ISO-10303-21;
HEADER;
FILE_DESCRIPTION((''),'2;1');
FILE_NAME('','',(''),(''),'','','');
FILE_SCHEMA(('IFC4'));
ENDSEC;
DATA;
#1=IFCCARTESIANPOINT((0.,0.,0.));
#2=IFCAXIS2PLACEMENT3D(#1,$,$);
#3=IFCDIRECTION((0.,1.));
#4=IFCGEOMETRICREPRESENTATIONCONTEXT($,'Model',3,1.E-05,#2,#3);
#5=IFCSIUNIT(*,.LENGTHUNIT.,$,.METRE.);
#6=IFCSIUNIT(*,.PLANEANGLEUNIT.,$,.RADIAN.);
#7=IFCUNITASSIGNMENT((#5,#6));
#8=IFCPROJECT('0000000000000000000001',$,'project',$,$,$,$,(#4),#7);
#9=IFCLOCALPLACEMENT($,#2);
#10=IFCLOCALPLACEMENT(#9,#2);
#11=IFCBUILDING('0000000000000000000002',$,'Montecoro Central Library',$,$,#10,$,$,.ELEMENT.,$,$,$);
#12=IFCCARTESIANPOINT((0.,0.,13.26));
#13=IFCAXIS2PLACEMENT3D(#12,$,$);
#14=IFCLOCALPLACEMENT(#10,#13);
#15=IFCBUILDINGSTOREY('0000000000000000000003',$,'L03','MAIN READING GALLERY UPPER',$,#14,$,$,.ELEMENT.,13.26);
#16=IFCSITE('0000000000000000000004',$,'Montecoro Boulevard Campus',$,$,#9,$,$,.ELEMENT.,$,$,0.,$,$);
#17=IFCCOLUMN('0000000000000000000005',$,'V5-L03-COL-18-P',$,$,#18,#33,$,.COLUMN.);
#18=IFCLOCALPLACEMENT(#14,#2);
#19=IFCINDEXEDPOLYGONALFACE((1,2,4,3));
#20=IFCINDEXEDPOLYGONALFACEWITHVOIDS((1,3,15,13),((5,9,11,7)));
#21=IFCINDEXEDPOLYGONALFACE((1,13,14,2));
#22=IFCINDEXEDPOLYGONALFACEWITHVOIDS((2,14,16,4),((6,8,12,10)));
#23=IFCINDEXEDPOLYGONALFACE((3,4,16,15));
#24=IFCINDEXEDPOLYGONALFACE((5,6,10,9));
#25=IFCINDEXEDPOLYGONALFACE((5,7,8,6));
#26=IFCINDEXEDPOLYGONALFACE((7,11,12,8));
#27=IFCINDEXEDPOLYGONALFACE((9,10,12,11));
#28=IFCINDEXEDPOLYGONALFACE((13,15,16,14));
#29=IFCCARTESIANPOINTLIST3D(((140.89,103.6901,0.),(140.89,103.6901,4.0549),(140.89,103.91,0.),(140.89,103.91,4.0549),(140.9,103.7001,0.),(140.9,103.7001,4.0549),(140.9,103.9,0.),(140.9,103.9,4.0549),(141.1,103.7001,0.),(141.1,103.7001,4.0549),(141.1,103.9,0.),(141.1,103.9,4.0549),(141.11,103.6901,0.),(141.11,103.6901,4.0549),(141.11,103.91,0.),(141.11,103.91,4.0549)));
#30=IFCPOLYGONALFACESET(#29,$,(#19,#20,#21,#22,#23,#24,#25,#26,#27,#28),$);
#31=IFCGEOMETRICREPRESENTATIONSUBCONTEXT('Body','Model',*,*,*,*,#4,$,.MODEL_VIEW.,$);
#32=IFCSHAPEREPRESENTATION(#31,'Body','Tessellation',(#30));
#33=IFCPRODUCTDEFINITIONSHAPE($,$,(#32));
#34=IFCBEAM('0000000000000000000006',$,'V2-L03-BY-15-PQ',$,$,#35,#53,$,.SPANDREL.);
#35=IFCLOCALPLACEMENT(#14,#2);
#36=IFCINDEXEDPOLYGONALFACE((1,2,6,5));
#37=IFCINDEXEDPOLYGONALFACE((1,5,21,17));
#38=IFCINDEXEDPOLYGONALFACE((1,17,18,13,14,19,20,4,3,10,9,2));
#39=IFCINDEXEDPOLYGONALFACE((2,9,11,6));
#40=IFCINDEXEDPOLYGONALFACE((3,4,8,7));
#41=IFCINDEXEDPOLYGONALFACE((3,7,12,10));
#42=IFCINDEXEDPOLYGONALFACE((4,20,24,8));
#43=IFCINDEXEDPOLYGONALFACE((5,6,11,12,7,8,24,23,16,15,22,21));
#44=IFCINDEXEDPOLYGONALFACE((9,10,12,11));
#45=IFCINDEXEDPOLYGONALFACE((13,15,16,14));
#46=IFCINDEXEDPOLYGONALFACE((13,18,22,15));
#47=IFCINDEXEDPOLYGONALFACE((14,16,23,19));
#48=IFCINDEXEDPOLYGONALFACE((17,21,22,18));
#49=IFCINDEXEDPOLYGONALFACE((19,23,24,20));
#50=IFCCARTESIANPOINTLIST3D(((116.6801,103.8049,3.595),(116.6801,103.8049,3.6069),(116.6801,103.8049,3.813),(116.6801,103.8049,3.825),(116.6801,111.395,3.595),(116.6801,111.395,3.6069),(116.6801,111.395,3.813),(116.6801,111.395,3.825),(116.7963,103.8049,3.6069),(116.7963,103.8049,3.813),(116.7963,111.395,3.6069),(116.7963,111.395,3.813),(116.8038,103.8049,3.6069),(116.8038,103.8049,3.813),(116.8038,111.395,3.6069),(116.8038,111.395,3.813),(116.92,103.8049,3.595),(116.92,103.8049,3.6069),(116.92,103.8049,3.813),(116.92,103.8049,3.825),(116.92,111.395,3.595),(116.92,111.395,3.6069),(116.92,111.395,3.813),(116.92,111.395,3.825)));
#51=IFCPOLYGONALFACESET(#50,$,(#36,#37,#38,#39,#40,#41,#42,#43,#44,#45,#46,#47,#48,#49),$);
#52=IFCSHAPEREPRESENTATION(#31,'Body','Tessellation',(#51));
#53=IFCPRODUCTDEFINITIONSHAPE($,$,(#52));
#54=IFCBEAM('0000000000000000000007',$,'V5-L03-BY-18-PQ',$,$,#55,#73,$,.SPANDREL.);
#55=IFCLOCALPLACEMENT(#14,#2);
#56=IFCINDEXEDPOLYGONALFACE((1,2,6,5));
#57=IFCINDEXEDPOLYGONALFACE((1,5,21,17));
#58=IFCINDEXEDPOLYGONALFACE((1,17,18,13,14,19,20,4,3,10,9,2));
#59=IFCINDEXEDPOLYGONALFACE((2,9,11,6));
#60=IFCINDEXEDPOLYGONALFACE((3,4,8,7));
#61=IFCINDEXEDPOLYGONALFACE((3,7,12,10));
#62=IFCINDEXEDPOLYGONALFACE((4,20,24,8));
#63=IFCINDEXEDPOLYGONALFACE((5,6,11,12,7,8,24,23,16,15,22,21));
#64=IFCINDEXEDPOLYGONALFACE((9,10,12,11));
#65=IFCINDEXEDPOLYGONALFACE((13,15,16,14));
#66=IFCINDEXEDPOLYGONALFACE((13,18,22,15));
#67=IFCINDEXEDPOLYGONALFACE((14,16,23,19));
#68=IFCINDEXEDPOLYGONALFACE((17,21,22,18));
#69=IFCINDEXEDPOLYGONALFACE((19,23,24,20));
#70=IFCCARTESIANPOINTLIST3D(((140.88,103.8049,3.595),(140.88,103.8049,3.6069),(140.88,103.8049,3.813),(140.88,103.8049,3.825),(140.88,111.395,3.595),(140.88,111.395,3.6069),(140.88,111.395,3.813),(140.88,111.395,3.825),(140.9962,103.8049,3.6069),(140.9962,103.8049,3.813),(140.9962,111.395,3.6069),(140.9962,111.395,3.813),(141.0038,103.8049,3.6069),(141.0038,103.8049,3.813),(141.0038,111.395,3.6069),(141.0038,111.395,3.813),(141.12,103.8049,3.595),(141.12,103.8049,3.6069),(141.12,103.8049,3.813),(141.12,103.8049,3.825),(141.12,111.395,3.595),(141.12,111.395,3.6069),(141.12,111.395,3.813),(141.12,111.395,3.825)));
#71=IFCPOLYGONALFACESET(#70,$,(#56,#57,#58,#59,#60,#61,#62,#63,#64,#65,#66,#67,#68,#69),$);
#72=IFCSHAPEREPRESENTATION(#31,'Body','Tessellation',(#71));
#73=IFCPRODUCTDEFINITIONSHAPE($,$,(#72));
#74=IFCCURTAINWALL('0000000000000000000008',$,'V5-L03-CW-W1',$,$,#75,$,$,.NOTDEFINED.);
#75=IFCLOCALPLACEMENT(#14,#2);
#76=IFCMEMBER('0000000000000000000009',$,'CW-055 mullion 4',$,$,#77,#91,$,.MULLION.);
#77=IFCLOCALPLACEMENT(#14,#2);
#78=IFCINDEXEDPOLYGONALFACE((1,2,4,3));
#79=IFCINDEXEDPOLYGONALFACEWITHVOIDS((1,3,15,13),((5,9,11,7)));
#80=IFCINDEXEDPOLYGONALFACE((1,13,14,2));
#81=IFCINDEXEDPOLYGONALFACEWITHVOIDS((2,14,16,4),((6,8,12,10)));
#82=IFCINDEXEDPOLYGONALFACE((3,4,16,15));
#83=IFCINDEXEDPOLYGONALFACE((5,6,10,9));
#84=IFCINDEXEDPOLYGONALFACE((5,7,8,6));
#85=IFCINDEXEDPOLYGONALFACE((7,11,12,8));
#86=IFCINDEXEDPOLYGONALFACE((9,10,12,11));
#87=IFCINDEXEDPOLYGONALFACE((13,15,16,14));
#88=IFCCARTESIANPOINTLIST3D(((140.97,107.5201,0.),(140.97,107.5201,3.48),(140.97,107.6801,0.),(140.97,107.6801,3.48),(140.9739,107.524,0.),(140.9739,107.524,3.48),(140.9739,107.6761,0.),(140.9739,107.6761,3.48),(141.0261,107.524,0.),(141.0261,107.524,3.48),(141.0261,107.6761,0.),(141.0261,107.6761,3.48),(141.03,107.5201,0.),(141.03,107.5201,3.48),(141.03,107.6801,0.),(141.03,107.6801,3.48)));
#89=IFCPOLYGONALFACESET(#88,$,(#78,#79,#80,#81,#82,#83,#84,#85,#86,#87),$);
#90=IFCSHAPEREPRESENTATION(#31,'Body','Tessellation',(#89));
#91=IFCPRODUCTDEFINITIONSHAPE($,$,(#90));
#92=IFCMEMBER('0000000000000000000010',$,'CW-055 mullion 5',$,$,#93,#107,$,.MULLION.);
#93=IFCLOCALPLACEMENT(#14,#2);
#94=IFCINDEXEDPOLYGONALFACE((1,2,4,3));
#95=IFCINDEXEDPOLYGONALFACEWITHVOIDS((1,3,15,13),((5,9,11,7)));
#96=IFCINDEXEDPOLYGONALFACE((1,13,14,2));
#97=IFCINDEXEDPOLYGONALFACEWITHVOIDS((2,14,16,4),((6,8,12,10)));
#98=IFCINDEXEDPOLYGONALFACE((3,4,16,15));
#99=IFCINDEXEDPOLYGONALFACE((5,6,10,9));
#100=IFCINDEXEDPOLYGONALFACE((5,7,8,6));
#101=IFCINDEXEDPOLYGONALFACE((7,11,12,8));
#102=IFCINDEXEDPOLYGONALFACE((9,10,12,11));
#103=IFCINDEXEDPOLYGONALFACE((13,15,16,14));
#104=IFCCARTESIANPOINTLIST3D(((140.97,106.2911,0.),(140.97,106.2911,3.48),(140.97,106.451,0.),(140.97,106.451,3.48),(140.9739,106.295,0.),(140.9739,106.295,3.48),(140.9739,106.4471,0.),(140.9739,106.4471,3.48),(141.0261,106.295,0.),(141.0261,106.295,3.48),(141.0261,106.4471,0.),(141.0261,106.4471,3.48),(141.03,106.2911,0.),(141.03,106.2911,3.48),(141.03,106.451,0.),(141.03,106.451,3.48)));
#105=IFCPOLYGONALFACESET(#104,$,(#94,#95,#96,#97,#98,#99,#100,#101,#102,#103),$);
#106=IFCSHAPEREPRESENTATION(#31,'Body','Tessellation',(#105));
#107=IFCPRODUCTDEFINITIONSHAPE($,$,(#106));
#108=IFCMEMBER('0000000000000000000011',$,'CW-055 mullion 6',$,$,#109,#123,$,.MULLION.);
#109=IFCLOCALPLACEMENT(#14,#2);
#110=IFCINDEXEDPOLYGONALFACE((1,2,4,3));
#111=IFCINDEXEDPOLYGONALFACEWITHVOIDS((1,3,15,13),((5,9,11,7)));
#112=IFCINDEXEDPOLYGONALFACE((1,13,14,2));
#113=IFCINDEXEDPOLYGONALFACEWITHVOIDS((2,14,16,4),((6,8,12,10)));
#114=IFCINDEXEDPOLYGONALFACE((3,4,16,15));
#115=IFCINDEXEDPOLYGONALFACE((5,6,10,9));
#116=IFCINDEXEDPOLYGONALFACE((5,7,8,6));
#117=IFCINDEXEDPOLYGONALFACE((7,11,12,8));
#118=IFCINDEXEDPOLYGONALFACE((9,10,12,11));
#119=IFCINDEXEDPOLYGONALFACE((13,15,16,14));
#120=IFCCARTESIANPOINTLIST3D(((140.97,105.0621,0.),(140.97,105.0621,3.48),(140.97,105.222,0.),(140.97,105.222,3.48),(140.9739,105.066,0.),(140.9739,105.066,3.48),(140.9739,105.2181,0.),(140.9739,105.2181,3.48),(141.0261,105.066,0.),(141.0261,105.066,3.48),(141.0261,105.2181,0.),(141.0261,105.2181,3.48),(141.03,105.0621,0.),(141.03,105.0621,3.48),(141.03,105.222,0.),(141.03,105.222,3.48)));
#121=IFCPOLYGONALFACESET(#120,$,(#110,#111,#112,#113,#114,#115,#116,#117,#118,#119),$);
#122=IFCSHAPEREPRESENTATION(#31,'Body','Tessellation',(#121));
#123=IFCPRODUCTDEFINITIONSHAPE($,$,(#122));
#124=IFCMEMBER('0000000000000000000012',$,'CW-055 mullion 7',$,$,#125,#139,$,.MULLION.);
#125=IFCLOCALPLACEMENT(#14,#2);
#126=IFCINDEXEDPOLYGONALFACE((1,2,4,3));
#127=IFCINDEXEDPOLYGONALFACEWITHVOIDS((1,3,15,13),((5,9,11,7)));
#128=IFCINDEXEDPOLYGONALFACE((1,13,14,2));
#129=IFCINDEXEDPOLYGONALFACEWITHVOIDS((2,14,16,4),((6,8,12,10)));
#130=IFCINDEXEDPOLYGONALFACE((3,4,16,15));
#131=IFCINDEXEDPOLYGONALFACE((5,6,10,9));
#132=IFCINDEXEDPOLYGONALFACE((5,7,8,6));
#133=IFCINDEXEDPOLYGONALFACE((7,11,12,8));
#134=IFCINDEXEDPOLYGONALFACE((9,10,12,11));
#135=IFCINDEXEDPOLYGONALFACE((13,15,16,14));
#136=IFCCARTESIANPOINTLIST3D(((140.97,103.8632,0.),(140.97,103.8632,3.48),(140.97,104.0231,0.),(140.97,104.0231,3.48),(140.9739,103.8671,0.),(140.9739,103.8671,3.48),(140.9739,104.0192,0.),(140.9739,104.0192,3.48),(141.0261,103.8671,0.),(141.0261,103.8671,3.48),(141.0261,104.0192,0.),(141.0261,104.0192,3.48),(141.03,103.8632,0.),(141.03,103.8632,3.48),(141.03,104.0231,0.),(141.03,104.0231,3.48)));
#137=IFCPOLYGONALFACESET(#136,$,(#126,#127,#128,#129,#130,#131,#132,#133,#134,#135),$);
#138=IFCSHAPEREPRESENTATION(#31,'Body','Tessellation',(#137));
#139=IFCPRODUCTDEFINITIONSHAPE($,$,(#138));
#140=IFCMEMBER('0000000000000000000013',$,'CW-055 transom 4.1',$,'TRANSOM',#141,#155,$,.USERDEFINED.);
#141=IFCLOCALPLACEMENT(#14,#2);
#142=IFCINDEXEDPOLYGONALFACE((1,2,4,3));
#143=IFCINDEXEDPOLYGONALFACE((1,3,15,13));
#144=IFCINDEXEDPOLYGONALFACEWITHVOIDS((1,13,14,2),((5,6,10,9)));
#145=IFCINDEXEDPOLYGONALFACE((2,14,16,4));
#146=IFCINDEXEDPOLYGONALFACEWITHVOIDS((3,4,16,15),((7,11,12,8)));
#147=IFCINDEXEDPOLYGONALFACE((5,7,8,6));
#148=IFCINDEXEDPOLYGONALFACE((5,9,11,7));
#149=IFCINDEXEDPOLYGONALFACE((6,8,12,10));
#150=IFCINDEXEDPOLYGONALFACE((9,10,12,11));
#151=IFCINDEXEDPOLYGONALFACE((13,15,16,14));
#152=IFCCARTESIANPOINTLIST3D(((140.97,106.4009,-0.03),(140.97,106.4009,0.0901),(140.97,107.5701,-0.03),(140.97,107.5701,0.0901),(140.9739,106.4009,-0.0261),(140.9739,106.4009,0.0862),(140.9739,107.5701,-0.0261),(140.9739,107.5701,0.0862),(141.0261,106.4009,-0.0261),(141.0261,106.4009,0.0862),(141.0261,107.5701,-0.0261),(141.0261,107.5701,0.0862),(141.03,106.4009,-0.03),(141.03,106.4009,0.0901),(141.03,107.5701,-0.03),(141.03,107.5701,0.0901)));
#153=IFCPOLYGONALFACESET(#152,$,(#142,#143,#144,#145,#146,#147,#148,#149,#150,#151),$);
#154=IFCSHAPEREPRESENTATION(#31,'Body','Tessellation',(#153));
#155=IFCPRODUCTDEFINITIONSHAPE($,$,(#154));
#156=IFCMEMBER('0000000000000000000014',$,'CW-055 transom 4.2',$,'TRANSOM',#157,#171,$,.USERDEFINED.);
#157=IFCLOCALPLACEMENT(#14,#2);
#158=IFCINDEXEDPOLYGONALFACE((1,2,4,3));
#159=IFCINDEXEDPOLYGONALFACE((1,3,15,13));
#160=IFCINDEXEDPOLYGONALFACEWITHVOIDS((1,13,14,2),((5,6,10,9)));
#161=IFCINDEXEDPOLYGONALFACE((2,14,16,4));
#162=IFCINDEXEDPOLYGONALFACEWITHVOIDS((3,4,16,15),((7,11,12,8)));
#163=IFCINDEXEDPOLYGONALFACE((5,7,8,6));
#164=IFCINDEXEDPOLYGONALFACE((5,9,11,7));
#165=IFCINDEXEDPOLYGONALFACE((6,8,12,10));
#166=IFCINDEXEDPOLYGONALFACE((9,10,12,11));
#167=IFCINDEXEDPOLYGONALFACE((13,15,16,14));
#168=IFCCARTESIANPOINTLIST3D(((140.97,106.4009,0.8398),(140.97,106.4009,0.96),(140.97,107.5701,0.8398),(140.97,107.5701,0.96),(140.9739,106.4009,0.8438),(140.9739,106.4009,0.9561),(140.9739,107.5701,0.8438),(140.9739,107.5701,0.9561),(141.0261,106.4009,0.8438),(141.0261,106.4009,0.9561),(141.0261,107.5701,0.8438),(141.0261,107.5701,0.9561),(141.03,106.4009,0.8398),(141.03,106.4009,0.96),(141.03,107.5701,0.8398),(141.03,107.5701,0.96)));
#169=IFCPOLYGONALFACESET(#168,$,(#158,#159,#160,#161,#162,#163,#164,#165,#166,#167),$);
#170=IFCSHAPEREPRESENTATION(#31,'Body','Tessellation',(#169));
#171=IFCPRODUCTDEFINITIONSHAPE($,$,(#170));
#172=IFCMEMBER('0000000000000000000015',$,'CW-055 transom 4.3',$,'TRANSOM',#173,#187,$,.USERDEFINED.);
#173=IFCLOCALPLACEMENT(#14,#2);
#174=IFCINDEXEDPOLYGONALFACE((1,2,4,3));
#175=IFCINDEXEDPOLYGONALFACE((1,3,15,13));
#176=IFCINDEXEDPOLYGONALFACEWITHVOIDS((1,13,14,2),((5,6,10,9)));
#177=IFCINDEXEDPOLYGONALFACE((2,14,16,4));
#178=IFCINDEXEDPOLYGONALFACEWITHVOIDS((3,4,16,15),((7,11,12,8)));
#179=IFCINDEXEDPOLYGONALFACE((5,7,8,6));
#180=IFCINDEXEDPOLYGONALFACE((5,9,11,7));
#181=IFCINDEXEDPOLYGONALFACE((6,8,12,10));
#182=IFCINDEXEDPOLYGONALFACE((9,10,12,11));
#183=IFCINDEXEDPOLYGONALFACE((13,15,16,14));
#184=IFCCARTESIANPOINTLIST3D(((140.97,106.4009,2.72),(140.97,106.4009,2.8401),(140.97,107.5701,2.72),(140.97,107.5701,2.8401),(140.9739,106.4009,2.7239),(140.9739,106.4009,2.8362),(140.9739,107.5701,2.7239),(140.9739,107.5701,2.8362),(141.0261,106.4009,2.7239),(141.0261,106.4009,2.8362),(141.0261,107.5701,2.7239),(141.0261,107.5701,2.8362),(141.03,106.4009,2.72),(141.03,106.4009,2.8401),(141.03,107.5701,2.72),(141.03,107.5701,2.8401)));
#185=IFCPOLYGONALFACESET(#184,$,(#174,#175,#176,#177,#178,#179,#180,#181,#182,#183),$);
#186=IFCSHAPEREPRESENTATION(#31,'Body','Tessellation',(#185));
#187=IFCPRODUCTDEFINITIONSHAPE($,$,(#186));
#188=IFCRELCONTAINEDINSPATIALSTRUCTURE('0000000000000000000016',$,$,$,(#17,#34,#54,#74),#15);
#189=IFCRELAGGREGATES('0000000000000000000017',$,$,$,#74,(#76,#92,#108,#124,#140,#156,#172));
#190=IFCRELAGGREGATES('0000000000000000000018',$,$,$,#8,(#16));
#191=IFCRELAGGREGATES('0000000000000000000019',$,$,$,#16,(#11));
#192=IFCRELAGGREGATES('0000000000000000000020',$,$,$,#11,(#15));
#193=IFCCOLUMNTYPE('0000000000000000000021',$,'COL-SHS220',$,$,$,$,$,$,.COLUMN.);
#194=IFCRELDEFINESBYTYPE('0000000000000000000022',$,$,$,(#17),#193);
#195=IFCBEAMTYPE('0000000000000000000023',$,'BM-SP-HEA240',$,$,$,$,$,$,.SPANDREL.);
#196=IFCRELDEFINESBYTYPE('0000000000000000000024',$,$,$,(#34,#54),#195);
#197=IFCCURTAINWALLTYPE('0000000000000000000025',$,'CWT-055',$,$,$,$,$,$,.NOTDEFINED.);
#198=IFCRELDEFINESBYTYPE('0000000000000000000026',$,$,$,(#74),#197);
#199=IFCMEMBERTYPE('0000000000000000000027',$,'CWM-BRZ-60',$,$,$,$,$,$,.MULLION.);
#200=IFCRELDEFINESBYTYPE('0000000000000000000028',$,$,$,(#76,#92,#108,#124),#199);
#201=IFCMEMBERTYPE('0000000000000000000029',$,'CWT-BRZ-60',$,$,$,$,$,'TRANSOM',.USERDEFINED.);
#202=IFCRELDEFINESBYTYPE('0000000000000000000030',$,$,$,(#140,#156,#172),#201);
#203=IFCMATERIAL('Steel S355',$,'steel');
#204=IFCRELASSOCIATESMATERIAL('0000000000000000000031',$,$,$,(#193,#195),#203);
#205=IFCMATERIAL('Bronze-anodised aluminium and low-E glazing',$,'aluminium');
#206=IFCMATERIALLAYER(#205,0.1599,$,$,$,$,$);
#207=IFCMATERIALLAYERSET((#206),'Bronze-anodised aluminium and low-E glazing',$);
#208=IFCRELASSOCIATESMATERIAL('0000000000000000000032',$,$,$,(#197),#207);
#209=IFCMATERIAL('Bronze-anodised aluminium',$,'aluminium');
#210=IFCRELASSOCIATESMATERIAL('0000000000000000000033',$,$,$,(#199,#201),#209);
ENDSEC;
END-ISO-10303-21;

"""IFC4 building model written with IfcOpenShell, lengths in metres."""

from ifc_helpers import new_model, si_unit, direction, frame, origin, origin_2d, place, context, subcontext, project, spatial, hollow_rectangle, i_section, extrude, material, layer, layer_set, material_profile, profile_set, type_object, element, aggregate, save


model = new_model("IFC4")

# Units and contexts
model_context = context("Model", 3, precision=1e-05, world=origin(), true_north=direction((0.0, 1.0)))
body_context = subcontext(model_context, "Body", "Model", "MODEL_VIEW")
ifc_project = project(units=[si_unit("LENGTHUNIT", "METRE"), si_unit("PLANEANGLEUNIT", "RADIAN")], contexts=[model_context])

# Site, building, storey
site_placement = place(None, origin())
site = spatial("IfcSite", under=ifc_project, at=site_placement, Name="Montecoro Boulevard Campus", CompositionType="ELEMENT", RefElevation=0.0)
building_placement = place(site_placement, origin())
building = spatial("IfcBuilding", under=site, at=building_placement, Name="Montecoro Central Library", CompositionType="ELEMENT")
storey_placement = place(building_placement, frame((0.0, 0.0, 13.26)))
storey = spatial("IfcBuildingStorey", under=building, at=storey_placement, Name="L03", Description="MAIN READING GALLERY UPPER", CompositionType="ELEMENT", Elevation=13.26)

# Column
ifc_material_1 = material(Name="Steel S355", Category="steel")
ifc_material_profile_1 = material_profile(ifc_material_1, hollow_rectangle(XDim=0.22, YDim=0.22, WallThickness=0.01, at=origin_2d()), Name="SHS 220x220x10.0")
ifc_profile_set_1 = profile_set([ifc_material_profile_1], Name="Steel S355")
column_type = type_object("IfcColumnType", Name="COL-SHS220", PredefinedType="COLUMN", material=ifc_profile_set_1)
column_placement = place(storey_placement, frame((141.0, 103.8, 0.0), z_axis=(0.0, 0.0, 1.0), x_axis=(1.0, 0.0, 0.0)))
element("IfcColumn", 1, at=column_placement, inside=storey, type_object=column_type, Name="V5-L03-COL-18-P", PredefinedType="COLUMN", context=body_context, shape_type="SweptSolid", body=[
    extrude(hollow_rectangle(XDim=0.22, YDim=0.22, WallThickness=0.01, at=origin_2d()), origin(), (0.0, 0.0, 1.0), 4.0549),
])

# Beams
ifc_material_profile_2 = material_profile(ifc_material_1, i_section(OverallWidth=0.24, OverallDepth=0.23, WebThickness=0.0076, FlangeThickness=0.012, at=origin_2d()), Name="HEA 240")
ifc_profile_set_2 = profile_set([ifc_material_profile_2], Name="Steel S355")
beam_type = type_object("IfcBeamType", Name="BM-SP-HEA240", PredefinedType="SPANDREL", material=ifc_profile_set_2)
for number, where, z_axis, x_axis, name in (
    (2, (116.8, 103.8049, 3.71), (0.0, 1.0, 0.0), (-1.0, 0.0, 0.0), "V2-L03-BY-15-PQ"),
    (3, (141.0, 103.8049, 3.71), (0.0, 1.0, 0.0), (-1.0, 0.0, 0.0), "V5-L03-BY-18-PQ"),
):
    element("IfcBeam", number, at=place(storey_placement, frame(where, z_axis=z_axis, x_axis=x_axis)), inside=storey, type_object=beam_type, Name=name, PredefinedType="SPANDREL", context=body_context, shape_type="SweptSolid", body=[
        extrude(i_section(OverallWidth=0.24, OverallDepth=0.23, WebThickness=0.0076, FlangeThickness=0.012, at=origin_2d()), origin(), (0.0, 0.0, 1.0), 7.5901),
    ])

# Curtain wall, members
ifc_material_2 = material(Name="Bronze-anodised aluminium and low-E glazing", Category="aluminium")
ifc_layer_1 = layer(ifc_material_2, 0.1599)
ifc_layer_set_1 = layer_set([ifc_layer_1], Name="Bronze-anodised aluminium and low-E glazing")
curtain_wall_type = type_object("IfcCurtainWallType", Name="CWT-055", PredefinedType="NOTDEFINED", material=ifc_layer_set_1)
curtain_wall_placement = place(storey_placement, origin())
curtain_wall = element("IfcCurtainWall", 4, at=curtain_wall_placement, inside=storey, type_object=curtain_wall_type, Name="V5-L03-CW-W1", PredefinedType="NOTDEFINED")
ifc_material_3 = material(Name="Bronze-anodised aluminium", Category="aluminium")
ifc_material_profile_3 = material_profile(ifc_material_3, hollow_rectangle(XDim=0.0601, YDim=0.1599, WallThickness=0.0039, at=origin_2d()), Name="CWM 160x60x4.0")
ifc_profile_set_3 = profile_set([ifc_material_profile_3], Name="Bronze-anodised aluminium")
member_type_1 = type_object("IfcMemberType", Name="CWM-BRZ-60", PredefinedType="MULLION", material=ifc_profile_set_3)
member_1_placement = place(storey_placement, frame((141.0, 107.6001, 0.0), z_axis=(0.0, 0.0, 1.0), x_axis=(1.0, 0.0, 0.0)))
member_1 = element("IfcMember", 5, at=member_1_placement, type_object=member_type_1, Name="CW-055 mullion 4", PredefinedType="MULLION", context=body_context, shape_type="SweptSolid", body=[
    extrude(hollow_rectangle(XDim=0.0601, YDim=0.1599, WallThickness=0.0039, at=origin_2d()), origin(), (0.0, 0.0, 1.0), 3.48),
])
member_2_placement = place(storey_placement, frame((141.0, 106.3711, 0.0), z_axis=(0.0, 0.0, 1.0), x_axis=(1.0, 0.0, 0.0)))
member_2 = element("IfcMember", 6, at=member_2_placement, type_object=member_type_1, Name="CW-055 mullion 5", PredefinedType="MULLION", context=body_context, shape_type="SweptSolid", body=[
    extrude(hollow_rectangle(XDim=0.0601, YDim=0.1599, WallThickness=0.0039, at=origin_2d()), origin(), (0.0, 0.0, 1.0), 3.48),
])
member_3_placement = place(storey_placement, frame((141.0, 105.1421, 0.0), z_axis=(0.0, 0.0, 1.0), x_axis=(1.0, 0.0, 0.0)))
member_3 = element("IfcMember", 7, at=member_3_placement, type_object=member_type_1, Name="CW-055 mullion 6", PredefinedType="MULLION", context=body_context, shape_type="SweptSolid", body=[
    extrude(hollow_rectangle(XDim=0.0601, YDim=0.1599, WallThickness=0.0039, at=origin_2d()), origin(), (0.0, 0.0, 1.0), 3.48),
])
member_4_placement = place(storey_placement, frame((141.0, 103.9431, 0.0), z_axis=(0.0, 0.0, 1.0), x_axis=(1.0, 0.0, 0.0)))
member_4 = element("IfcMember", 8, at=member_4_placement, type_object=member_type_1, Name="CW-055 mullion 7", PredefinedType="MULLION", context=body_context, shape_type="SweptSolid", body=[
    extrude(hollow_rectangle(XDim=0.0601, YDim=0.1599, WallThickness=0.0039, at=origin_2d()), origin(), (0.0, 0.0, 1.0), 3.48),
])
ifc_material_profile_4 = material_profile(ifc_material_3, hollow_rectangle(XDim=0.0601, YDim=0.1201, WallThickness=0.0039, at=origin_2d()), Name="CWT 120x60x4.0")
ifc_profile_set_4 = profile_set([ifc_material_profile_4], Name="Bronze-anodised aluminium")
member_type_2 = type_object("IfcMemberType", Name="CWT-BRZ-60", ElementType="TRANSOM", PredefinedType="USERDEFINED", material=ifc_profile_set_4)
member_5_placement = place(storey_placement, frame((141.0, 107.5701, 0.03), z_axis=(0.0, -1.0, 0.0), x_axis=(1.0, 0.0, 0.0)))
member_5 = element("IfcMember", 9, at=member_5_placement, type_object=member_type_2, Name="CW-055 transom 4.1", ObjectType="TRANSOM", PredefinedType="USERDEFINED", context=body_context, shape_type="SweptSolid", body=[
    extrude(hollow_rectangle(XDim=0.0601, YDim=0.1201, WallThickness=0.0039, at=origin_2d()), origin(), (0.0, 0.0, 1.0), 1.1692),
])
member_6_placement = place(storey_placement, frame((141.0, 107.5701, 0.8999), z_axis=(0.0, -1.0, 0.0), x_axis=(1.0, 0.0, 0.0)))
member_6 = element("IfcMember", 10, at=member_6_placement, type_object=member_type_2, Name="CW-055 transom 4.2", ObjectType="TRANSOM", PredefinedType="USERDEFINED", context=body_context, shape_type="SweptSolid", body=[
    extrude(hollow_rectangle(XDim=0.0601, YDim=0.1201, WallThickness=0.0039, at=origin_2d()), origin(), (0.0, 0.0, 1.0), 1.1692),
])
member_7_placement = place(storey_placement, frame((141.0, 107.5701, 2.78), z_axis=(0.0, -1.0, 0.0), x_axis=(1.0, 0.0, 0.0)))
member_7 = element("IfcMember", 11, at=member_7_placement, type_object=member_type_2, Name="CW-055 transom 4.3", ObjectType="TRANSOM", PredefinedType="USERDEFINED", context=body_context, shape_type="SweptSolid", body=[
    extrude(hollow_rectangle(XDim=0.0601, YDim=0.1201, WallThickness=0.0039, at=origin_2d()), origin(), (0.0, 0.0, 1.0), 1.1692),
])
aggregate(curtain_wall, [member_1, member_2, member_3, member_4, member_5, member_6, member_7])

save(model, "model.ifc")
